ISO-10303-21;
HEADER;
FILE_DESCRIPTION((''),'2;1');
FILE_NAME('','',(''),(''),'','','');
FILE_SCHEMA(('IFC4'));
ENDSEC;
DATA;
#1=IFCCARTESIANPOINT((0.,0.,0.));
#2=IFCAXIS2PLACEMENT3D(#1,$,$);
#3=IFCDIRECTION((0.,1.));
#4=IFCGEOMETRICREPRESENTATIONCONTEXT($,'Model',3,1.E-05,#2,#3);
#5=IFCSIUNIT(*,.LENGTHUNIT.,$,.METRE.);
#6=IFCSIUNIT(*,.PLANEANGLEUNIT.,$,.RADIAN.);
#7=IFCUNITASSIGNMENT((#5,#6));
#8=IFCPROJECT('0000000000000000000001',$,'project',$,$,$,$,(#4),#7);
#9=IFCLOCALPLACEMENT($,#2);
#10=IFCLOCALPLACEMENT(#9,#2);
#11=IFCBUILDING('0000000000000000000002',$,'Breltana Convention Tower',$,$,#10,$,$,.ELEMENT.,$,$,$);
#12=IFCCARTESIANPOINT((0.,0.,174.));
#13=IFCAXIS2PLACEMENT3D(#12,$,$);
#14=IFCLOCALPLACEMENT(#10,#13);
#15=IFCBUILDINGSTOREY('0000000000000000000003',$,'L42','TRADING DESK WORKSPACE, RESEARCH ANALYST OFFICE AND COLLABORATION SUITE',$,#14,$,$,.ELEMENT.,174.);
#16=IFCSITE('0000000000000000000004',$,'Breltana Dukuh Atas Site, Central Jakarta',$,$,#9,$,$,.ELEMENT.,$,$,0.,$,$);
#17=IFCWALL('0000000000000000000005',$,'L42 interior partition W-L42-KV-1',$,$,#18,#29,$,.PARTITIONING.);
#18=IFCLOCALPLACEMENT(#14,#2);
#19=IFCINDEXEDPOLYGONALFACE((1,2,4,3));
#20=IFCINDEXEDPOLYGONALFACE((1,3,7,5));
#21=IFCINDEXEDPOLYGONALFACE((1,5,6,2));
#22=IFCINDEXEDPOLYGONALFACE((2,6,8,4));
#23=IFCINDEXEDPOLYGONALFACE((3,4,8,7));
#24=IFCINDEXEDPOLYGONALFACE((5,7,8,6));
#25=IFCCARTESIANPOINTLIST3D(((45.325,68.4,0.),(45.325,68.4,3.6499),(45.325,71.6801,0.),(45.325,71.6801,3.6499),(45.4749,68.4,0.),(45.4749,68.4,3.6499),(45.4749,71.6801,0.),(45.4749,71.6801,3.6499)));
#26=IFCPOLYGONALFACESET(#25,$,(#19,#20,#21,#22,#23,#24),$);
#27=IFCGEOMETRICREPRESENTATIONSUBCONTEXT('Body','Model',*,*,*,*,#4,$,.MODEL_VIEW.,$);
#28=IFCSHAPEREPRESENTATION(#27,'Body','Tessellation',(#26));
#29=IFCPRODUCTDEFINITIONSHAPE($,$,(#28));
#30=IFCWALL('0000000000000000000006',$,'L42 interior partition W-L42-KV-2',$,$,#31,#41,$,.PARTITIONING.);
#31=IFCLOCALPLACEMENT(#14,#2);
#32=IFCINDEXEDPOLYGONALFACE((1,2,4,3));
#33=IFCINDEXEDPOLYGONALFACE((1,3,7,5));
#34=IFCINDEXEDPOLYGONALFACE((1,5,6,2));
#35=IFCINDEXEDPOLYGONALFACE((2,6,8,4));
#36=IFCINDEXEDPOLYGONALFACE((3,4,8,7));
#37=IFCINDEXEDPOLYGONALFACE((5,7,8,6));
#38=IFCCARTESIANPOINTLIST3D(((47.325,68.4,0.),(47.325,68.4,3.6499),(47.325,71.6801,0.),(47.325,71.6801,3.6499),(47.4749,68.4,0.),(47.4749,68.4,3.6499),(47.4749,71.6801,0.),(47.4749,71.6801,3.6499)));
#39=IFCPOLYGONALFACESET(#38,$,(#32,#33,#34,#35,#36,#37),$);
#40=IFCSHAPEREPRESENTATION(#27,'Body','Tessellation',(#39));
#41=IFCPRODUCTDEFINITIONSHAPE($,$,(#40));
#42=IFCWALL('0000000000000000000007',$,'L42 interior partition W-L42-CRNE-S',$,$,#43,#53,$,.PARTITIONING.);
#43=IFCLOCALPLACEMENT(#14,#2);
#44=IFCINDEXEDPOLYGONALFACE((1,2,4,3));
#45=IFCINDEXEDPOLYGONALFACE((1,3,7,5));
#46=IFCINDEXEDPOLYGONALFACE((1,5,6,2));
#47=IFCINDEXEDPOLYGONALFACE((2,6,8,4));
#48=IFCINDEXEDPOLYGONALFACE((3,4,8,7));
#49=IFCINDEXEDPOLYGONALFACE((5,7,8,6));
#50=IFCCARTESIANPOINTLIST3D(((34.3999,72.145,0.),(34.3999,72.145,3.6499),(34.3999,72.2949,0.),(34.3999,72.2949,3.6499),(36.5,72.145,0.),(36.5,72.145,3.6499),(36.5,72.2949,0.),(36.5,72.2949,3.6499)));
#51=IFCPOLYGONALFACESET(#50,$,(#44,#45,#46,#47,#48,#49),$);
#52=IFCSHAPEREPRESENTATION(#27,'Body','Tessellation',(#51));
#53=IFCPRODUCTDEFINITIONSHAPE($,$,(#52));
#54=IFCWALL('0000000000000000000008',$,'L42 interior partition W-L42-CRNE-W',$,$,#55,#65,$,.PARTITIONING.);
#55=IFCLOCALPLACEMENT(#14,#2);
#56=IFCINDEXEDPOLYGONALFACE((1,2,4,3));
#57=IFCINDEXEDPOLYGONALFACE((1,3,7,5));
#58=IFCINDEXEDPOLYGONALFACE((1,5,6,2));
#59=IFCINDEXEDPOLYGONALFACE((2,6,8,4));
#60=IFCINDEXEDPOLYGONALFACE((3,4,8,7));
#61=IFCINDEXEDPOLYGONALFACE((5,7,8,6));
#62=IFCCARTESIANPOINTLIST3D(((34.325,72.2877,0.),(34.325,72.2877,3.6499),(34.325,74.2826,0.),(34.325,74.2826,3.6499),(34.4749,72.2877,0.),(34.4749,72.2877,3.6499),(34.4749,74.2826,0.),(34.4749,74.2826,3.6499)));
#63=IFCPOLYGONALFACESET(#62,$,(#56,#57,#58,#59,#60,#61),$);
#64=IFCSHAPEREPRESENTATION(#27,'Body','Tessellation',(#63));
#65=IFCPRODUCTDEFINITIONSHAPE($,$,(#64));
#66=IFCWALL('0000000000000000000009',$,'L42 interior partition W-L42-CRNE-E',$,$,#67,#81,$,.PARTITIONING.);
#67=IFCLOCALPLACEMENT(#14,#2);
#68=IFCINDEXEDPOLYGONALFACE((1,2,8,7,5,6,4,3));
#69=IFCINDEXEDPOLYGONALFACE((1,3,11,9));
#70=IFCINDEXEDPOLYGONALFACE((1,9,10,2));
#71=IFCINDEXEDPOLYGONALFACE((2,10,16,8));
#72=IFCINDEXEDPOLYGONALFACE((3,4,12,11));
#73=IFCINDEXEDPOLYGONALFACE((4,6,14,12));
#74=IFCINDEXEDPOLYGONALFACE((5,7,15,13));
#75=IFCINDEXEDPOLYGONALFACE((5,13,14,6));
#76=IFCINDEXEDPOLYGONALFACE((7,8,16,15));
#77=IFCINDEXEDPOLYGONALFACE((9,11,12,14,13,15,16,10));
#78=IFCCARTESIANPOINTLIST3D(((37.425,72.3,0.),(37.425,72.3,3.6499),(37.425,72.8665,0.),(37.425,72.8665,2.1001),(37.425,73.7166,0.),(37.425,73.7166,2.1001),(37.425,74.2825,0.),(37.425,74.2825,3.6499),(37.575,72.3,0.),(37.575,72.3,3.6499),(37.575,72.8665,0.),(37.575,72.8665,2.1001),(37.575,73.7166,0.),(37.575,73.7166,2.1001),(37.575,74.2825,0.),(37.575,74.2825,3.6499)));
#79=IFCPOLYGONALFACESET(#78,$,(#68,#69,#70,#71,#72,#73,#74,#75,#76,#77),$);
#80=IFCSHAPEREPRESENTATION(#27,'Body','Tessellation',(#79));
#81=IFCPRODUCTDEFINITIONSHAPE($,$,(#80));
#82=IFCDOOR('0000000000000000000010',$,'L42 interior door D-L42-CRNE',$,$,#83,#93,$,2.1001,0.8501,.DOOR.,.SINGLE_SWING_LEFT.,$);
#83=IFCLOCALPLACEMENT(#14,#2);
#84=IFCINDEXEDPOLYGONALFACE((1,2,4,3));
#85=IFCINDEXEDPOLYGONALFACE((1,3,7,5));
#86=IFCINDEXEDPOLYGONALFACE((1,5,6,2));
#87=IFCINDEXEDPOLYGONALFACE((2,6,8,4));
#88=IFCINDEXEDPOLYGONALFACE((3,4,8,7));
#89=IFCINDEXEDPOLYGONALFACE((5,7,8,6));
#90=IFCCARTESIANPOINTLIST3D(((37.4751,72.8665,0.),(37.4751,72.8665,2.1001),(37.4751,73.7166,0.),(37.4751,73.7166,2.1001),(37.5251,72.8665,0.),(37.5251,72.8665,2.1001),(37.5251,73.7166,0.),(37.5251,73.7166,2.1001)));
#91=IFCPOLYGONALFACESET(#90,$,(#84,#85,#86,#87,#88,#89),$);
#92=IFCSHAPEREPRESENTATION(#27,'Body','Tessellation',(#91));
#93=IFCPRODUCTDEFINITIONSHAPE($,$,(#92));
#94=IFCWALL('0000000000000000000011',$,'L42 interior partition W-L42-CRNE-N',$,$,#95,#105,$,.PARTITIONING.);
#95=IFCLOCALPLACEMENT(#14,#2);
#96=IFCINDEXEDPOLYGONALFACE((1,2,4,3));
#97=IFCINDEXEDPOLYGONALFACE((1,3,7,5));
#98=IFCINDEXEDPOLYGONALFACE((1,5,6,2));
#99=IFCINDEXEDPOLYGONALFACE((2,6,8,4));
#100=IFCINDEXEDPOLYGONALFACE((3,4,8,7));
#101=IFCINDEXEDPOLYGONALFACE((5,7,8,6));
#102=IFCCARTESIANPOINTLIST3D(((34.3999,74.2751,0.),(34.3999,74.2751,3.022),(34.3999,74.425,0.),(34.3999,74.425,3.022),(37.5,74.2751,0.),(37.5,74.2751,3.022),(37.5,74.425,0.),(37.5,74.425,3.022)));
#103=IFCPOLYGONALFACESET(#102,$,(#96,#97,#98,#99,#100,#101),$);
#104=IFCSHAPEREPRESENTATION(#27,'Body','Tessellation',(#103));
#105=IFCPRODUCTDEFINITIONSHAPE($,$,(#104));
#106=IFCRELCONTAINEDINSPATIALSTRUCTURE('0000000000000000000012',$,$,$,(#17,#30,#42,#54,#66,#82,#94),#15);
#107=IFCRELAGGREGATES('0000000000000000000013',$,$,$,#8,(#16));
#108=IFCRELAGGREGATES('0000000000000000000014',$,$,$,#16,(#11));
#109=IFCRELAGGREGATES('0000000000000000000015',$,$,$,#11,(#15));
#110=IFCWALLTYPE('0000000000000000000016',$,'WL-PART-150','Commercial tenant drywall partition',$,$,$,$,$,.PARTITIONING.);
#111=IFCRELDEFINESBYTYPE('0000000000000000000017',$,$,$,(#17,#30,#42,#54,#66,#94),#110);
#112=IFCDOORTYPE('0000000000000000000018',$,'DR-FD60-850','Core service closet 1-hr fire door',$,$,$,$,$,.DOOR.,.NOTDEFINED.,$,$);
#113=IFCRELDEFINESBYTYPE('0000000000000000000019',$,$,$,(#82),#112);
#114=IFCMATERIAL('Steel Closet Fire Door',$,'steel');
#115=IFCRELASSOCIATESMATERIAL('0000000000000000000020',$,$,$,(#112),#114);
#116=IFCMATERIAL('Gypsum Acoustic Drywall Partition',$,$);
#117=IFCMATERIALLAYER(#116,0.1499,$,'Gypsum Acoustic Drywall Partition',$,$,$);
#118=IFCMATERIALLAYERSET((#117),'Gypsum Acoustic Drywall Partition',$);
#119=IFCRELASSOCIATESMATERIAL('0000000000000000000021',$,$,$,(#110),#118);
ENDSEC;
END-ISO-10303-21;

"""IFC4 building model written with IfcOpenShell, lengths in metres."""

from ifc_helpers import new_model, si_unit, direction, frame, frame_2d, origin, place, context, subcontext, project, spatial, rectangle, extrude, source, transform, mapped, material, layer, layer_set, type_object, type_shapes, element, fill, save


model = new_model("IFC4")

# Units and contexts
model_context = context("Model", 3, precision=1e-05, world=origin(), true_north=direction((0.0, 1.0)))
body_context = subcontext(model_context, "Body", "Model", "MODEL_VIEW")
ifc_project = project(units=[si_unit("LENGTHUNIT", "METRE"), si_unit("PLANEANGLEUNIT", "RADIAN")], contexts=[model_context])

# Site, building, storey
site_placement = place(None, origin())
site = spatial("IfcSite", under=ifc_project, at=site_placement, Name="Breltana Dukuh Atas Site, Central Jakarta", CompositionType="ELEMENT", RefElevation=0.0)
building_placement = place(site_placement, origin())
building = spatial("IfcBuilding", under=site, at=building_placement, Name="Breltana Convention Tower", CompositionType="ELEMENT")
storey_placement = place(building_placement, frame((0.0, 0.0, 174.0)))
storey = spatial("IfcBuildingStorey", under=building, at=storey_placement, Name="L42", Description="TRADING DESK WORKSPACE, RESEARCH ANALYST OFFICE AND COLLABORATION SUITE", CompositionType="ELEMENT", Elevation=174.0)

# Shared definitions
ifc_material_1 = material(Name="Steel Closet Fire Door", Category="steel")
door_type_1 = type_object("IfcDoorType", Name="DR-FD60-850", Description="Core service closet 1-hr fire door", OperationType="NOTDEFINED", PredefinedType="DOOR", material=ifc_material_1)
shared_shape_1 = source(origin(), body_context, "Body", "SweptSolid", [
    extrude(rectangle(XDim=0.8501, YDim=2.1001, at=frame_2d((0.425, 1.05))), frame((0.0, 0.0249, 0.0), z_axis=(0.0, -1.0, 0.0), x_axis=(1.0, 0.0, 0.0)), (0.0, 0.0, 1.0), 0.05),
])
type_shapes(door_type_1, [shared_shape_1])

# Walls
ifc_material_2 = material(Name="Gypsum Acoustic Drywall Partition")
ifc_layer_1 = layer(ifc_material_2, 0.1499, Name="Gypsum Acoustic Drywall Partition")
ifc_layer_set_1 = layer_set([ifc_layer_1], Name="Gypsum Acoustic Drywall Partition")
wall_type_1 = type_object("IfcWallType", Name="WL-PART-150", Description="Commercial tenant drywall partition", PredefinedType="PARTITIONING", material=ifc_layer_set_1)
shared_shape_2 = source(origin(), body_context, "Body", "SweptSolid", [
    extrude(rectangle(XDim=3.28, YDim=0.1499, at=frame_2d((1.6401, 0.0))), origin(), (0.0, 0.0, 1.0), 3.6499),
])
for number, where, z_axis, x_axis, name in (
    (1, (45.3999, 68.3999, 0.0), (0.0, 0.0, 1.0), (0.0, 1.0, 0.0), "L42 interior partition W-L42-KV-1"),
    (2, (47.3999, 68.3999, 0.0), (0.0, 0.0, 1.0), (0.0, 1.0, 0.0), "L42 interior partition W-L42-KV-2"),
):
    element("IfcWall", number, at=place(storey_placement, frame(where, z_axis=z_axis, x_axis=x_axis)), inside=storey, type_object=wall_type_1, Name=name, PredefinedType="PARTITIONING", context=body_context, shape_type="MappedRepresentation", body=[
        mapped(shared_shape_2, transform((0.0, 0.0, 0.0), scale=1.0)),
    ])
shared_shape_3 = source(origin(), body_context, "Body", "SweptSolid", [
    extrude(rectangle(XDim=2.1001, YDim=0.1499, at=frame_2d((1.05, 0.0))), origin(), (0.0, 0.0, 1.0), 3.6499),
])
wall_1_placement = place(storey_placement, frame((34.3999, 72.22, 0.0), z_axis=(0.0, 0.0, 1.0), x_axis=(1.0, 0.0, 0.0)))
element("IfcWall", 3, at=wall_1_placement, inside=storey, type_object=wall_type_1, Name="L42 interior partition W-L42-CRNE-S", PredefinedType="PARTITIONING", context=body_context, shape_type="MappedRepresentation", body=[
    mapped(shared_shape_3, transform((0.0, 0.0, 0.0), scale=1.0)),
])
shared_shape_4 = source(origin(), body_context, "Body", "SweptSolid", [
    extrude(rectangle(XDim=1.9949, YDim=0.1499, at=frame_2d((0.9976, 0.0))), origin(), (0.0, 0.0, 1.0), 3.6499),
])
wall_2_placement = place(storey_placement, frame((34.3999, 72.2876, 0.0), z_axis=(0.0, 0.0, 1.0), x_axis=(0.0, 1.0, 0.0)))
element("IfcWall", 4, at=wall_2_placement, inside=storey, type_object=wall_type_1, Name="L42 interior partition W-L42-CRNE-W", PredefinedType="PARTITIONING", context=body_context, shape_type="MappedRepresentation", body=[
    mapped(shared_shape_4, transform((0.0, 0.0, 0.0), scale=1.0)),
])

# Wall, opening, door
shared_shape_5 = source(origin(), body_context, "Body", "SweptSolid", [
    extrude(rectangle(XDim=1.9824, YDim=0.1499, at=frame_2d((0.9912, 0.0))), origin(), (0.0, 0.0, 1.0), 3.6499),
])
wall_3_placement = place(storey_placement, frame((37.5, 72.3, 0.0), z_axis=(0.0, 0.0, 1.0), x_axis=(0.0, 1.0, 0.0)))
wall_3 = element("IfcWall", 5, at=wall_3_placement, inside=storey, type_object=wall_type_1, Name="L42 interior partition W-L42-CRNE-E", PredefinedType="PARTITIONING", context=body_context, shape_type="MappedRepresentation", body=[
    mapped(shared_shape_5, transform((0.0, 0.0, 0.0), scale=1.0)),
])
opening_1_placement = place(wall_3_placement, frame((0.5664, 0.0, 0.0)))
opening_1 = element("IfcOpeningElement", 6, at=opening_1_placement, cuts=wall_3, PredefinedType="OPENING", context=body_context, shape_type="SweptSolid", body=[
    extrude(rectangle(XDim=0.8501, YDim=2.1001, at=frame_2d((0.425, 1.05))), frame((0.0, 0.085, 0.0), z_axis=(0.0, -1.0, 0.0), x_axis=(1.0, 0.0, 0.0)), (0.0, 0.0, 1.0), 0.1699),
])
door_1_placement = place(opening_1_placement, origin())
door_1 = element("IfcDoor", 7, at=door_1_placement, inside=storey, type_object=door_type_1, Name="L42 interior door D-L42-CRNE", OperationType="SINGLE_SWING_LEFT", OverallHeight=2.1001, OverallWidth=0.8501, PredefinedType="DOOR", context=body_context, shape_type="MappedRepresentation", body=[
    mapped(shared_shape_1, transform((0.0, 0.0, 0.0), scale=1.0)),
])
fill(opening_1, door_1)

# Wall
shared_shape_6 = source(origin(), body_context, "Body", "SweptSolid", [
    extrude(rectangle(XDim=3.1001, YDim=0.1499, at=frame_2d((1.55, 0.0))), origin(), (0.0, 0.0, 1.0), 3.022),
])
wall_4_placement = place(storey_placement, frame((34.3999, 74.3501, 0.0), z_axis=(0.0, 0.0, 1.0), x_axis=(1.0, 0.0, 0.0)))
element("IfcWall", 8, at=wall_4_placement, inside=storey, type_object=wall_type_1, Name="L42 interior partition W-L42-CRNE-N", PredefinedType="PARTITIONING", context=body_context, shape_type="MappedRepresentation", body=[
    mapped(shared_shape_6, transform((0.0, 0.0, 0.0), scale=1.0)),
])

save(model, "model.ifc")
